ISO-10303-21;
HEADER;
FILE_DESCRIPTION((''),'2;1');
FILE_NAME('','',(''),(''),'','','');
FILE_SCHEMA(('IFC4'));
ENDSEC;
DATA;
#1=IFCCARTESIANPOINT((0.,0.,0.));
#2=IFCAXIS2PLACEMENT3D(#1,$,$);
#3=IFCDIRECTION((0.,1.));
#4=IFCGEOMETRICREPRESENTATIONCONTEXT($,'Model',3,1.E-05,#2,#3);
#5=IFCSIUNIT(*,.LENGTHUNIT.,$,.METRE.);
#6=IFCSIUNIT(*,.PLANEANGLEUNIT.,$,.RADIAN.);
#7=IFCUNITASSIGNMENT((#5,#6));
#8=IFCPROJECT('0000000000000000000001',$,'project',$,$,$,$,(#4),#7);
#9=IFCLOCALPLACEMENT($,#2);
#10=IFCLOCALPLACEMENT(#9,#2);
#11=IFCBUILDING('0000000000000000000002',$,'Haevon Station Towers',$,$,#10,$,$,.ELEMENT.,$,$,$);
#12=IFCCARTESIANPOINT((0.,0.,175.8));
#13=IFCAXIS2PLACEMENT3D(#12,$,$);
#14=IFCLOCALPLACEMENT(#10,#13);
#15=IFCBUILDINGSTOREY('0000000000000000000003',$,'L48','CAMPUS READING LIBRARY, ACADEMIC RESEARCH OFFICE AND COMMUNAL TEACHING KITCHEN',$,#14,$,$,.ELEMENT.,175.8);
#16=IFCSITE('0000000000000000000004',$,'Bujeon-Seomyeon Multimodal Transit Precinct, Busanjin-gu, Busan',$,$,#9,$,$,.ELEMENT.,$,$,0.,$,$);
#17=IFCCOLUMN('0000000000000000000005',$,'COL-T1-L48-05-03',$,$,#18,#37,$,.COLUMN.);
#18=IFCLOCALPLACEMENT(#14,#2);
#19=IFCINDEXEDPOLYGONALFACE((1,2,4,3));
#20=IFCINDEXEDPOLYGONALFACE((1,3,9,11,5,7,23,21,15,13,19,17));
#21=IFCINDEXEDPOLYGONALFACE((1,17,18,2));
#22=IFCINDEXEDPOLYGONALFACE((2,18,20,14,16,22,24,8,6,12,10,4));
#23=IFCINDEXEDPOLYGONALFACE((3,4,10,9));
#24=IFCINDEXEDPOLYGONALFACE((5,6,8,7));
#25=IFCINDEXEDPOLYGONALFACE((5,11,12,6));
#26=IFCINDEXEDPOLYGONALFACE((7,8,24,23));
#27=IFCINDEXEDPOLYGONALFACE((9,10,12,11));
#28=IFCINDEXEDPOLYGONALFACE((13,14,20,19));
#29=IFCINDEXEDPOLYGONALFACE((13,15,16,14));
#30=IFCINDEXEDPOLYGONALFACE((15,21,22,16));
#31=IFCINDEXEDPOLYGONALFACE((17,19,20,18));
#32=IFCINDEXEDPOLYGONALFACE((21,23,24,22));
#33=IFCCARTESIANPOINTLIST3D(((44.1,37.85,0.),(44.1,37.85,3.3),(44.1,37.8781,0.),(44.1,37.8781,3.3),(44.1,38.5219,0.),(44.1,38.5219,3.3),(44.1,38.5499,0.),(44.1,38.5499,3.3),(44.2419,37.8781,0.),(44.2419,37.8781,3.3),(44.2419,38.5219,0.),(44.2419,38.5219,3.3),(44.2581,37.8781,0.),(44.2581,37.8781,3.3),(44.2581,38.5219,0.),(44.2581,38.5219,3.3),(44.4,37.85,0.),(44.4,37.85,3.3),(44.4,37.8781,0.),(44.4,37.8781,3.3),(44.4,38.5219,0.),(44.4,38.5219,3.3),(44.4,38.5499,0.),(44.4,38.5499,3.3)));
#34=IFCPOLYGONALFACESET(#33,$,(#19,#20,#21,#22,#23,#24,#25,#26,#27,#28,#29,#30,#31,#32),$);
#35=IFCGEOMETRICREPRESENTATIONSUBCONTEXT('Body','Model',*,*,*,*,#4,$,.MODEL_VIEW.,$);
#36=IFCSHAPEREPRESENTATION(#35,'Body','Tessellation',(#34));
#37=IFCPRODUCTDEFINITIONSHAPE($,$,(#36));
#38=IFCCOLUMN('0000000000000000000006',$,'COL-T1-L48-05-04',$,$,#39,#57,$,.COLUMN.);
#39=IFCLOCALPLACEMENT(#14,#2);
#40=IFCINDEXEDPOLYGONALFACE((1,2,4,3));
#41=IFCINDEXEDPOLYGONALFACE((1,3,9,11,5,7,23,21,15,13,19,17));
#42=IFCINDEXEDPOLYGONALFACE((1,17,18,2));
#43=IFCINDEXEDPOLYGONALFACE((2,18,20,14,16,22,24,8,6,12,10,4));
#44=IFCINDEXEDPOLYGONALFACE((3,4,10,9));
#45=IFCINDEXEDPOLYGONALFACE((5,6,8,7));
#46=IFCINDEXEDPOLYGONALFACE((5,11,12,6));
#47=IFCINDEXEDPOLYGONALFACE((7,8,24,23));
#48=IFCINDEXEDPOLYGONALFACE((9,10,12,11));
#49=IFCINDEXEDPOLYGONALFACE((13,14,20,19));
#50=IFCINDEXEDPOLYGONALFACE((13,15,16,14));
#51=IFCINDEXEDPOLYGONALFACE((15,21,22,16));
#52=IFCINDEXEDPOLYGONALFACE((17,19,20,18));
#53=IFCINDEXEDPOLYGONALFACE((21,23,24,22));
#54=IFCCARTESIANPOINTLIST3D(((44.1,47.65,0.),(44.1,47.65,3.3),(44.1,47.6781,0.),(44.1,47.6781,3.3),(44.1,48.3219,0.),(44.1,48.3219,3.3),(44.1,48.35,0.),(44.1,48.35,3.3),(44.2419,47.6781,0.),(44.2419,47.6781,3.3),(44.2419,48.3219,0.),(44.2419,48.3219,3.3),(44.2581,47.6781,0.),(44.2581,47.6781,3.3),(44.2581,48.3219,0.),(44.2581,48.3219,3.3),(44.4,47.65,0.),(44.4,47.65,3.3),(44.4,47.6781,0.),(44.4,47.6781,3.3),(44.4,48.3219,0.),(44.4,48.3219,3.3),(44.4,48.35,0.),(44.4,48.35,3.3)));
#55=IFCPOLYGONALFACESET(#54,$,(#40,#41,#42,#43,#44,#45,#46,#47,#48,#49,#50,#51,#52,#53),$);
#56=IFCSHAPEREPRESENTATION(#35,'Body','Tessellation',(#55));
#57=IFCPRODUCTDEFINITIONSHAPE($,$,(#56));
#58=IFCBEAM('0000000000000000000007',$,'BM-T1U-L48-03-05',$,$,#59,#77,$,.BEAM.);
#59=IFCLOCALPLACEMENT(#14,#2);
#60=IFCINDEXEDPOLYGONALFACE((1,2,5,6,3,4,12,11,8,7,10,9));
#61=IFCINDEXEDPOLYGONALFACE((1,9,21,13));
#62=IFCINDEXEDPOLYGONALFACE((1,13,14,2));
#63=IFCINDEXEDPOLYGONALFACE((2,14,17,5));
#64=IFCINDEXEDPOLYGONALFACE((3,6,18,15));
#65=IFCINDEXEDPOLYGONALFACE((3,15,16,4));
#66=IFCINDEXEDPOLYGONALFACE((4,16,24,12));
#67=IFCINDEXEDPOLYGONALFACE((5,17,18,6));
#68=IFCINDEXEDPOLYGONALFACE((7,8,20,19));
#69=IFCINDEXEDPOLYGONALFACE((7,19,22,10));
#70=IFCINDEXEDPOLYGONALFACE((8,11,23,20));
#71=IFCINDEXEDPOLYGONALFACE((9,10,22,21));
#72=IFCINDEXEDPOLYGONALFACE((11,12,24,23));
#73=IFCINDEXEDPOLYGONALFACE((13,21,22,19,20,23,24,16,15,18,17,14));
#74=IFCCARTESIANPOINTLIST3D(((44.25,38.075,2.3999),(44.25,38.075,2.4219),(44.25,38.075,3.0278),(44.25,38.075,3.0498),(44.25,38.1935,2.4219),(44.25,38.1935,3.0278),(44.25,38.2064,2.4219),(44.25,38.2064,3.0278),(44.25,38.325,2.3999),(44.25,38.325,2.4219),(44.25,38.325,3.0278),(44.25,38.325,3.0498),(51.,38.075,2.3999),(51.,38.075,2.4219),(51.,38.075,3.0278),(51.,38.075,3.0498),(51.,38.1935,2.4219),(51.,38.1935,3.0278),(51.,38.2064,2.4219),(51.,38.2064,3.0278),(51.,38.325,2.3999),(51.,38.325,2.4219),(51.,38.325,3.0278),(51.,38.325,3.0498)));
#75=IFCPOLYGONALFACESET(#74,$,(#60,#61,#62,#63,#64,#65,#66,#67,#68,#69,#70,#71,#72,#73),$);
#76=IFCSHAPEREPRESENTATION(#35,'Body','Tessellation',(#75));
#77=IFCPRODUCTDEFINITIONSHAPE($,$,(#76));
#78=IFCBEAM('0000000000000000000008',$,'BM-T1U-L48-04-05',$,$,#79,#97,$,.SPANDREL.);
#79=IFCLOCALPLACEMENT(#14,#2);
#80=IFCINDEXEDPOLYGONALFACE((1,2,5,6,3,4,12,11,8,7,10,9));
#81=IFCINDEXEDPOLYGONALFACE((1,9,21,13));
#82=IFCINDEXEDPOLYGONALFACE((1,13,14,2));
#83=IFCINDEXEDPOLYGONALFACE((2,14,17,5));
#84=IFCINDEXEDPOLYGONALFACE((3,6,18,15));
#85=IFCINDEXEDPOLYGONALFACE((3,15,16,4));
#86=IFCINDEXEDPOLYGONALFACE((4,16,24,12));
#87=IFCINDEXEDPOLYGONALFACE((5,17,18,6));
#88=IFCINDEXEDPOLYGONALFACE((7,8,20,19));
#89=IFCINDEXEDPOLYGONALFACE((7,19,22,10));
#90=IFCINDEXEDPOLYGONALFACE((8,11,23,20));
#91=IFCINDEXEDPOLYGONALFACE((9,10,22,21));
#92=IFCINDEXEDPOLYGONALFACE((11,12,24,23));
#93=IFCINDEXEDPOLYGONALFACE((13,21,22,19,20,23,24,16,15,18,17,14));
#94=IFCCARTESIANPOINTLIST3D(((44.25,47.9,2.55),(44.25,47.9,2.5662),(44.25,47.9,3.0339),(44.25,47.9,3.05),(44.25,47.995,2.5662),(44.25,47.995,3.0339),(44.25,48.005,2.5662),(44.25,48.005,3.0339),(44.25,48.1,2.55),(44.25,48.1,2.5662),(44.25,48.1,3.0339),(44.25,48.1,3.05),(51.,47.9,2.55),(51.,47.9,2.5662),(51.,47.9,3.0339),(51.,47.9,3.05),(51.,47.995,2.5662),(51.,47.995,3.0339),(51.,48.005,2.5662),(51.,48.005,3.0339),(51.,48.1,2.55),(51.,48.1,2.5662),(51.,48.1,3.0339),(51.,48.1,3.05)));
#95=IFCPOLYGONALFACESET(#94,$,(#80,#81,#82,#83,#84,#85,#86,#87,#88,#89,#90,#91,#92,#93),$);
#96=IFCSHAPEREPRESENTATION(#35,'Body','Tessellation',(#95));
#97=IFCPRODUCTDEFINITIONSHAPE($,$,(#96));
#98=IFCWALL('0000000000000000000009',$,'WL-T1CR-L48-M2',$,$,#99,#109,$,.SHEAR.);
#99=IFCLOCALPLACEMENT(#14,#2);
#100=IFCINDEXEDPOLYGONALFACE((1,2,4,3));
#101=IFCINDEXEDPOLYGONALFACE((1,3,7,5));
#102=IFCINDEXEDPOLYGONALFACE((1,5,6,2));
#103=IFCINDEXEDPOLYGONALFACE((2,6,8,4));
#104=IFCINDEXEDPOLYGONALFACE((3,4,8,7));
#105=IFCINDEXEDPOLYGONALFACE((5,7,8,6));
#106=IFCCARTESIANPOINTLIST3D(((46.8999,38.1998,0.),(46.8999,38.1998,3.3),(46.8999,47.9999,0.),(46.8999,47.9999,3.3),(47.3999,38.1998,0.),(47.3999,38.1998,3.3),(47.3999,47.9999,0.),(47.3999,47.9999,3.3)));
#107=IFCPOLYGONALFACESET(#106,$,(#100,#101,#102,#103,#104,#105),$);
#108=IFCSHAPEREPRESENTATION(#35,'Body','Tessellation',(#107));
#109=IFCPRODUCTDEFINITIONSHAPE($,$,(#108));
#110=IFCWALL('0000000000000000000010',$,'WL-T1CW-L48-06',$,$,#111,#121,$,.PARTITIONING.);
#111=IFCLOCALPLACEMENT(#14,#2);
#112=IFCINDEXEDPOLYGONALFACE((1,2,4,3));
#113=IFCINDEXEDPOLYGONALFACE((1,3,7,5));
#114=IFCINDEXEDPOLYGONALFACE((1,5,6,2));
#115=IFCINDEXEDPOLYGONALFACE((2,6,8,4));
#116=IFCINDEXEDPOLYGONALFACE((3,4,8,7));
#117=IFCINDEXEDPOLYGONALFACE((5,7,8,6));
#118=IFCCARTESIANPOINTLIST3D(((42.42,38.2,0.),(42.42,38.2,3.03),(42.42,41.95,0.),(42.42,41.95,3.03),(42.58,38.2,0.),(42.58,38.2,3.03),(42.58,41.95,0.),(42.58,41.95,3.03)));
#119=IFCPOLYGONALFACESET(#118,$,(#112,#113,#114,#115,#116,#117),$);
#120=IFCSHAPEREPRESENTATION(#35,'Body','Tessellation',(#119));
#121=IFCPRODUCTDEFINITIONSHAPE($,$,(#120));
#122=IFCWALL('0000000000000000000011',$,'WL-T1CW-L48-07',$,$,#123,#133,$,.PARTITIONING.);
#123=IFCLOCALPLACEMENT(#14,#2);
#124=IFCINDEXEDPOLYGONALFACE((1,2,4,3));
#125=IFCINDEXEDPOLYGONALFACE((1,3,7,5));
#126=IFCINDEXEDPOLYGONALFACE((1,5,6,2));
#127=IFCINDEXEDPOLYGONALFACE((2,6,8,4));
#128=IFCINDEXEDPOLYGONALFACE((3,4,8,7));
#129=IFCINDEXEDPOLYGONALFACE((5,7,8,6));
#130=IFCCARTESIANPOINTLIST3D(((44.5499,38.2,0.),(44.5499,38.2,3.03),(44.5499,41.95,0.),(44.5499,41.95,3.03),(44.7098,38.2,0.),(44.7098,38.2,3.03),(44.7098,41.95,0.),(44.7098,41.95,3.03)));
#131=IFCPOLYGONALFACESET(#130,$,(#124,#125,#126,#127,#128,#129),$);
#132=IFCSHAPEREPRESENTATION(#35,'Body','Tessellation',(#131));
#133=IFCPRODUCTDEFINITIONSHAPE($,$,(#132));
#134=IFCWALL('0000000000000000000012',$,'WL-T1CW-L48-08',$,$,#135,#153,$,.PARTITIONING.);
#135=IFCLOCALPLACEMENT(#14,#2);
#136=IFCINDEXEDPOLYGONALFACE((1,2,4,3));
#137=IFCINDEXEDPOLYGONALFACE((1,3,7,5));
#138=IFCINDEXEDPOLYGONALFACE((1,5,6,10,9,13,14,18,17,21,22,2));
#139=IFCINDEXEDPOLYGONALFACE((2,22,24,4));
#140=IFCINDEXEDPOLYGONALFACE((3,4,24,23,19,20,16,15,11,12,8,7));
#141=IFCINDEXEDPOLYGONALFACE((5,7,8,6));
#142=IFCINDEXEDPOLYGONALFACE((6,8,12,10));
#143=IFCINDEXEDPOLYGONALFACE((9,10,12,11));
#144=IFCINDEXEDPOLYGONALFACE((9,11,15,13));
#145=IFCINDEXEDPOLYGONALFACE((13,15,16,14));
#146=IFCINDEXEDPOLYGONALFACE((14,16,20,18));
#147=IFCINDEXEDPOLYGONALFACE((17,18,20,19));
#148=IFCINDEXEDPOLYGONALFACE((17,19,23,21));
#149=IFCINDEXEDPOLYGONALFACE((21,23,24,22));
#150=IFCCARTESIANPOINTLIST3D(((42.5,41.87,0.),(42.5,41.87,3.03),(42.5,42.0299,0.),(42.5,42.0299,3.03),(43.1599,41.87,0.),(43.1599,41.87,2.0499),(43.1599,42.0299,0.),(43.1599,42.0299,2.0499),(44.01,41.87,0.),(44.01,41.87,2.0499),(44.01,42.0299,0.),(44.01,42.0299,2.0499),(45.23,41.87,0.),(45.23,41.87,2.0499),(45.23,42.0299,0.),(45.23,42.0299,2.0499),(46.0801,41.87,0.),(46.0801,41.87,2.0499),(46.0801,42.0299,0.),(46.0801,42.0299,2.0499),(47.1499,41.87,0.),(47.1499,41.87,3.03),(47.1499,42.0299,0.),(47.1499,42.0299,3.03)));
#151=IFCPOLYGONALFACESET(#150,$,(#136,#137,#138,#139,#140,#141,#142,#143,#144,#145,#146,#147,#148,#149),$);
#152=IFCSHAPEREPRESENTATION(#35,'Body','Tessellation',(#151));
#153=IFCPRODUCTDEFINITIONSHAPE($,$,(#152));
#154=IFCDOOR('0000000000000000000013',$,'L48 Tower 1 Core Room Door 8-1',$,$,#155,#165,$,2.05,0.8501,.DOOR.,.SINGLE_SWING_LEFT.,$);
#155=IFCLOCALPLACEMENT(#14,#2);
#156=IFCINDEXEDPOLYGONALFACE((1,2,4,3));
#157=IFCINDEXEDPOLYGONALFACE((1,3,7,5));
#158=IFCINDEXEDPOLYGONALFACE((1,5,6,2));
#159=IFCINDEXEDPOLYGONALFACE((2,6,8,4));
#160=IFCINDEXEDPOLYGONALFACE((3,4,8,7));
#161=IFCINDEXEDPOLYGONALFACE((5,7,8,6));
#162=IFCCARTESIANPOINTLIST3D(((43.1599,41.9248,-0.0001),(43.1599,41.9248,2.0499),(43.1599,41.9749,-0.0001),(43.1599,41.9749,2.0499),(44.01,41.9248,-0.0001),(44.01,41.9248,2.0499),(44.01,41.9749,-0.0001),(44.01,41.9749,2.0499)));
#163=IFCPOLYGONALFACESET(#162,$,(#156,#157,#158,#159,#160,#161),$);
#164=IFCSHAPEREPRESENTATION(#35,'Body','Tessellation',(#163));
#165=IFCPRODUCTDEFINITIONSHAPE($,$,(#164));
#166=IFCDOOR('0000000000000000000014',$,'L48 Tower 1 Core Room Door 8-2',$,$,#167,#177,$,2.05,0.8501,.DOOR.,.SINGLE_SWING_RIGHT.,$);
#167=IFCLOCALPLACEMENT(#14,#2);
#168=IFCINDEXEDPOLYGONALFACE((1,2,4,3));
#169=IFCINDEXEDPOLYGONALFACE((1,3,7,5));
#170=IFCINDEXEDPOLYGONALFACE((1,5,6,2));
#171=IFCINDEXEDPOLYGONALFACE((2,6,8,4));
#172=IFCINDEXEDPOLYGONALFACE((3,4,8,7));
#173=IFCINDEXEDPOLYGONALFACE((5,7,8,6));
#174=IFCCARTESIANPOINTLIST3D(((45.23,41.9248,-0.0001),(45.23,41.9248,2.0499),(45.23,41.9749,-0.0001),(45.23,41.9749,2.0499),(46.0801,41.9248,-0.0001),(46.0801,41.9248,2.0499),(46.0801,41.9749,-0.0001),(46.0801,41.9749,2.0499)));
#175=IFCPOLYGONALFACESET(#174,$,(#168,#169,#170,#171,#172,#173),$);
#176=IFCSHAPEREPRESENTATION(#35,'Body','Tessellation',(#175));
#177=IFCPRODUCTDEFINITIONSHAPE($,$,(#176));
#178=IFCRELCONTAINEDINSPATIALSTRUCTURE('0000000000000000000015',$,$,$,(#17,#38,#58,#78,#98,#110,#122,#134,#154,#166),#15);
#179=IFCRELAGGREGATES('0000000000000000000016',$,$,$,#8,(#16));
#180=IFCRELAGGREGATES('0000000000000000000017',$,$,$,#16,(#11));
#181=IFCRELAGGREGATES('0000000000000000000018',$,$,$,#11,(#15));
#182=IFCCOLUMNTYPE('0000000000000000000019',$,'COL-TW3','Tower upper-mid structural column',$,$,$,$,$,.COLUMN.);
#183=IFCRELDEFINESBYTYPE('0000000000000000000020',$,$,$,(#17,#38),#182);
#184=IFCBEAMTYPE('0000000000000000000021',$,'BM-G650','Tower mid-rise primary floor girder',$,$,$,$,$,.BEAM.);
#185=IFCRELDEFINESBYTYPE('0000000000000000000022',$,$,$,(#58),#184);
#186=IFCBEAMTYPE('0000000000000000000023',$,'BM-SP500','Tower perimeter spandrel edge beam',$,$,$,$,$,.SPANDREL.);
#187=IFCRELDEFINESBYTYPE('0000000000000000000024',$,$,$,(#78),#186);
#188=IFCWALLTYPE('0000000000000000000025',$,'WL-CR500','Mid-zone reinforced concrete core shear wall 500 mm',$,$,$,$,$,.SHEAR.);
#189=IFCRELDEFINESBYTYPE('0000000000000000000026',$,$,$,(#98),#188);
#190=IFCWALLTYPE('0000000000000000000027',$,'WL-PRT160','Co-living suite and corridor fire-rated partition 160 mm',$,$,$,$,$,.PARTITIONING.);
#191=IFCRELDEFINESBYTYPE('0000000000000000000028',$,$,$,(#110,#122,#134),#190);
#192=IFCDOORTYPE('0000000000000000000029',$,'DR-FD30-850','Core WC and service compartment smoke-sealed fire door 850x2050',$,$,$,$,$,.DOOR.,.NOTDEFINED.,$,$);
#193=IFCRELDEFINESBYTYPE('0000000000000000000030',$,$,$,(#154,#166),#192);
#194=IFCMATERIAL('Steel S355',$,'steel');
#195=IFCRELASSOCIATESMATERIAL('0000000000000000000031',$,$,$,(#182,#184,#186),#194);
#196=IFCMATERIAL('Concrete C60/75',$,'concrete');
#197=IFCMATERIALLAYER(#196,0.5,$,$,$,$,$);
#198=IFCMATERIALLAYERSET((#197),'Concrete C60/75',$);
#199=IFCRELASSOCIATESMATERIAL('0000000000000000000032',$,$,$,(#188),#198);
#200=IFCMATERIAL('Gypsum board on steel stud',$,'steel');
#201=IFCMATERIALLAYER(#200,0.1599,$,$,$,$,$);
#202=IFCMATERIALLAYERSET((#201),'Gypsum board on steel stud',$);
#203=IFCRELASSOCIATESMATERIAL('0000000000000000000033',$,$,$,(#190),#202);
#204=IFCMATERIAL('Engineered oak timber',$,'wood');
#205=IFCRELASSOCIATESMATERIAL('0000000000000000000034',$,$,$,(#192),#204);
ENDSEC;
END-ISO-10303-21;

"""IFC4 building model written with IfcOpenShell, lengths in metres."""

from ifc_helpers import new_model, si_unit, direction, frame, frame_2d, origin, origin_2d, place, context, subcontext, project, spatial, rectangle, i_section, extrude, material, layer, layer_set, material_profile, profile_set, type_object, element, fill, save


model = new_model("IFC4")

# Units and contexts
model_context = context("Model", 3, precision=1e-05, world=origin(), true_north=direction((0.0, 1.0)))
body_context = subcontext(model_context, "Body", "Model", "MODEL_VIEW")
ifc_project = project(units=[si_unit("LENGTHUNIT", "METRE"), si_unit("PLANEANGLEUNIT", "RADIAN")], contexts=[model_context])

# Site, building, storey
site_placement = place(None, origin())
site = spatial("IfcSite", under=ifc_project, at=site_placement, Name="Bujeon-Seomyeon Multimodal Transit Precinct, Busanjin-gu, Busan", CompositionType="ELEMENT", RefElevation=0.0)
building_placement = place(site_placement, origin())
building = spatial("IfcBuilding", under=site, at=building_placement, Name="Haevon Station Towers", CompositionType="ELEMENT")
storey_placement = place(building_placement, frame((0.0, 0.0, 175.8)))
storey = spatial("IfcBuildingStorey", under=building, at=storey_placement, Name="L48", Description="CAMPUS READING LIBRARY, ACADEMIC RESEARCH OFFICE AND COMMUNAL TEACHING KITCHEN", CompositionType="ELEMENT", Elevation=175.8)

# Columns
ifc_material_1 = material(Name="Steel S355", Category="steel")
ifc_material_profile_1 = material_profile(ifc_material_1, i_section(OverallWidth=0.3, OverallDepth=0.7, WebThickness=0.0161, FlangeThickness=0.0281, at=origin_2d()), Name="H-700x300x16x28")
ifc_profile_set_1 = profile_set([ifc_material_profile_1], Name="Steel S355")
column_type = type_object("IfcColumnType", Name="COL-TW3", Description="Tower upper-mid structural column", PredefinedType="COLUMN", material=ifc_profile_set_1)
for number, where, z_axis, x_axis, name in (
    (1, (44.25, 38.2, 0.0), (0.0, 0.0, 1.0), (1.0, 0.0, 0.0), "COL-T1-L48-05-03"),
    (2, (44.25, 48.0, 0.0), (0.0, 0.0, 1.0), (1.0, 0.0, 0.0), "COL-T1-L48-05-04"),
):
    element("IfcColumn", number, at=place(storey_placement, frame(where, z_axis=z_axis, x_axis=x_axis)), inside=storey, type_object=column_type, Name=name, PredefinedType="COLUMN", context=body_context, shape_type="SweptSolid", body=[
        extrude(i_section(OverallWidth=0.3, OverallDepth=0.7, WebThickness=0.0161, FlangeThickness=0.0281, at=origin_2d()), origin(), (0.0, 0.0, 1.0), 3.3),
    ])

# Beams
ifc_material_profile_2 = material_profile(ifc_material_1, i_section(OverallWidth=0.25, OverallDepth=0.6499, WebThickness=0.0129, FlangeThickness=0.022, at=origin_2d()), Name="H-650x250x13x22")
ifc_profile_set_2 = profile_set([ifc_material_profile_2], Name="Steel S355")
beam_type_1 = type_object("IfcBeamType", Name="BM-G650", Description="Tower mid-rise primary floor girder", PredefinedType="BEAM", material=ifc_profile_set_2)
beam_1_placement = place(storey_placement, frame((44.25, 38.2, 2.7249), z_axis=(1.0, 0.0, 0.0), x_axis=(0.0, 1.0, 0.0)))
element("IfcBeam", 3, at=beam_1_placement, inside=storey, type_object=beam_type_1, Name="BM-T1U-L48-03-05", PredefinedType="BEAM", context=body_context, shape_type="SweptSolid", body=[
    extrude(i_section(OverallWidth=0.25, OverallDepth=0.6499, WebThickness=0.0129, FlangeThickness=0.022, at=origin_2d()), origin(), (0.0, 0.0, 1.0), 6.75),
])
ifc_material_profile_3 = material_profile(ifc_material_1, i_section(OverallWidth=0.2, OverallDepth=0.5, WebThickness=0.01, FlangeThickness=0.0161, at=origin_2d()), Name="H-500x200x10x16")
ifc_profile_set_3 = profile_set([ifc_material_profile_3], Name="Steel S355")
beam_type_2 = type_object("IfcBeamType", Name="BM-SP500", Description="Tower perimeter spandrel edge beam", PredefinedType="SPANDREL", material=ifc_profile_set_3)
beam_2_placement = place(storey_placement, frame((44.25, 48.0, 2.8), z_axis=(1.0, 0.0, 0.0), x_axis=(0.0, 1.0, 0.0)))
element("IfcBeam", 4, at=beam_2_placement, inside=storey, type_object=beam_type_2, Name="BM-T1U-L48-04-05", PredefinedType="SPANDREL", context=body_context, shape_type="SweptSolid", body=[
    extrude(i_section(OverallWidth=0.2, OverallDepth=0.5, WebThickness=0.01, FlangeThickness=0.0161, at=origin_2d()), origin(), (0.0, 0.0, 1.0), 6.75),
])

# Walls
ifc_material_2 = material(Name="Concrete C60/75", Category="concrete")
ifc_layer_1 = layer(ifc_material_2, 0.5)
ifc_layer_set_1 = layer_set([ifc_layer_1], Name="Concrete C60/75")
wall_type_1 = type_object("IfcWallType", Name="WL-CR500", Description="Mid-zone reinforced concrete core shear wall 500 mm", PredefinedType="SHEAR", material=ifc_layer_set_1)
wall_1_placement = place(storey_placement, frame((47.1499, 38.2, 0.0), z_axis=(0.0, 0.0, 1.0), x_axis=(0.0, 1.0, 0.0)))
element("IfcWall", 5, at=wall_1_placement, inside=storey, type_object=wall_type_1, Name="WL-T1CR-L48-M2", PredefinedType="SHEAR", context=body_context, shape_type="SweptSolid", body=[
    extrude(rectangle(XDim=9.8, YDim=0.5, at=frame_2d((4.8999, 0.0))), origin(), (0.0, 0.0, 1.0), 3.3),
])
ifc_material_3 = material(Name="Gypsum board on steel stud", Category="steel")
ifc_layer_2 = layer(ifc_material_3, 0.1599)
ifc_layer_set_2 = layer_set([ifc_layer_2], Name="Gypsum board on steel stud")
wall_type_2 = type_object("IfcWallType", Name="WL-PRT160", Description="Co-living suite and corridor fire-rated partition 160 mm", PredefinedType="PARTITIONING", material=ifc_layer_set_2)
for number, where, z_axis, x_axis, name in (
    (6, (42.5, 38.2, 0.0), (0.0, 0.0, 1.0), (0.0, 1.0, 0.0), "WL-T1CW-L48-06"),
    (7, (44.6299, 38.2, 0.0), (0.0, 0.0, 1.0), (0.0, 1.0, 0.0), "WL-T1CW-L48-07"),
):
    element("IfcWall", number, at=place(storey_placement, frame(where, z_axis=z_axis, x_axis=x_axis)), inside=storey, type_object=wall_type_2, Name=name, PredefinedType="PARTITIONING", context=body_context, shape_type="SweptSolid", body=[
        extrude(rectangle(XDim=3.75, YDim=0.1599, at=frame_2d((1.875, 0.0))), origin(), (0.0, 0.0, 1.0), 3.03),
    ])

# Wall, openings, doors
wall_2_placement = place(storey_placement, frame((42.5, 41.95, 0.0), z_axis=(0.0, 0.0, 1.0), x_axis=(1.0, 0.0, 0.0)))
wall_2 = element("IfcWall", 8, at=wall_2_placement, inside=storey, type_object=wall_type_2, Name="WL-T1CW-L48-08", PredefinedType="PARTITIONING", context=body_context, shape_type="SweptSolid", body=[
    extrude(rectangle(XDim=4.6499, YDim=0.1599, at=frame_2d((2.325, 0.0))), origin(), (0.0, 0.0, 1.0), 3.03),
])
opening_1_placement = place(wall_2_placement, frame((0.6599, 0.0, 0.0)))
opening_1 = element("IfcOpeningElement", 9, at=opening_1_placement, cuts=wall_2, PredefinedType="OPENING", context=body_context, shape_type="SweptSolid", body=[
    extrude(rectangle(XDim=0.8501, YDim=2.05, at=frame_2d((0.425, 1.0249))), frame((0.0, 0.0898, 0.0), z_axis=(0.0, -1.0, 0.0), x_axis=(1.0, 0.0, 0.0)), (0.0, 0.0, 1.0), 0.1799),
])
opening_2_placement = place(wall_2_placement, frame((2.73, 0.0, 0.0)))
opening_2 = element("IfcOpeningElement", 10, at=opening_2_placement, cuts=wall_2, PredefinedType="OPENING", context=body_context, shape_type="SweptSolid", body=[
    extrude(rectangle(XDim=0.8501, YDim=2.05, at=frame_2d((0.425, 1.0249))), frame((0.0, 0.0898, 0.0), z_axis=(0.0, -1.0, 0.0), x_axis=(1.0, 0.0, 0.0)), (0.0, 0.0, 1.0), 0.1799),
])
ifc_material_4 = material(Name="Engineered oak timber", Category="wood")
door_type_1 = type_object("IfcDoorType", Name="DR-FD30-850", Description="Core WC and service compartment smoke-sealed fire door 850x2050", OperationType="NOTDEFINED", PredefinedType="DOOR", material=ifc_material_4)
door_1_placement = place(opening_1_placement, origin())
door_1 = element("IfcDoor", 11, at=door_1_placement, inside=storey, type_object=door_type_1, Name="L48 Tower 1 Core Room Door 8-1", OperationType="SINGLE_SWING_LEFT", OverallHeight=2.05, OverallWidth=0.8501, PredefinedType="DOOR", context=body_context, shape_type="SweptSolid", body=[
    extrude(rectangle(XDim=0.8501, YDim=2.05, at=frame_2d((0.425, 1.0249))), frame((0.0, 0.0249, 0.0), z_axis=(0.0, -1.0, 0.0), x_axis=(1.0, 0.0, 0.0)), (0.0, 0.0, 1.0), 0.05),
])
fill(opening_1, door_1)
door_2_placement = place(opening_2_placement, origin())
door_2 = element("IfcDoor", 12, at=door_2_placement, inside=storey, type_object=door_type_1, Name="L48 Tower 1 Core Room Door 8-2", OperationType="SINGLE_SWING_RIGHT", OverallHeight=2.05, OverallWidth=0.8501, PredefinedType="DOOR", context=body_context, shape_type="SweptSolid", body=[
    extrude(rectangle(XDim=0.8501, YDim=2.05, at=frame_2d((0.425, 1.0249))), frame((0.0, 0.0249, 0.0), z_axis=(0.0, -1.0, 0.0), x_axis=(1.0, 0.0, 0.0)), (0.0, 0.0, 1.0), 0.05),
])
fill(opening_2, door_2)

save(model, "model.ifc")
